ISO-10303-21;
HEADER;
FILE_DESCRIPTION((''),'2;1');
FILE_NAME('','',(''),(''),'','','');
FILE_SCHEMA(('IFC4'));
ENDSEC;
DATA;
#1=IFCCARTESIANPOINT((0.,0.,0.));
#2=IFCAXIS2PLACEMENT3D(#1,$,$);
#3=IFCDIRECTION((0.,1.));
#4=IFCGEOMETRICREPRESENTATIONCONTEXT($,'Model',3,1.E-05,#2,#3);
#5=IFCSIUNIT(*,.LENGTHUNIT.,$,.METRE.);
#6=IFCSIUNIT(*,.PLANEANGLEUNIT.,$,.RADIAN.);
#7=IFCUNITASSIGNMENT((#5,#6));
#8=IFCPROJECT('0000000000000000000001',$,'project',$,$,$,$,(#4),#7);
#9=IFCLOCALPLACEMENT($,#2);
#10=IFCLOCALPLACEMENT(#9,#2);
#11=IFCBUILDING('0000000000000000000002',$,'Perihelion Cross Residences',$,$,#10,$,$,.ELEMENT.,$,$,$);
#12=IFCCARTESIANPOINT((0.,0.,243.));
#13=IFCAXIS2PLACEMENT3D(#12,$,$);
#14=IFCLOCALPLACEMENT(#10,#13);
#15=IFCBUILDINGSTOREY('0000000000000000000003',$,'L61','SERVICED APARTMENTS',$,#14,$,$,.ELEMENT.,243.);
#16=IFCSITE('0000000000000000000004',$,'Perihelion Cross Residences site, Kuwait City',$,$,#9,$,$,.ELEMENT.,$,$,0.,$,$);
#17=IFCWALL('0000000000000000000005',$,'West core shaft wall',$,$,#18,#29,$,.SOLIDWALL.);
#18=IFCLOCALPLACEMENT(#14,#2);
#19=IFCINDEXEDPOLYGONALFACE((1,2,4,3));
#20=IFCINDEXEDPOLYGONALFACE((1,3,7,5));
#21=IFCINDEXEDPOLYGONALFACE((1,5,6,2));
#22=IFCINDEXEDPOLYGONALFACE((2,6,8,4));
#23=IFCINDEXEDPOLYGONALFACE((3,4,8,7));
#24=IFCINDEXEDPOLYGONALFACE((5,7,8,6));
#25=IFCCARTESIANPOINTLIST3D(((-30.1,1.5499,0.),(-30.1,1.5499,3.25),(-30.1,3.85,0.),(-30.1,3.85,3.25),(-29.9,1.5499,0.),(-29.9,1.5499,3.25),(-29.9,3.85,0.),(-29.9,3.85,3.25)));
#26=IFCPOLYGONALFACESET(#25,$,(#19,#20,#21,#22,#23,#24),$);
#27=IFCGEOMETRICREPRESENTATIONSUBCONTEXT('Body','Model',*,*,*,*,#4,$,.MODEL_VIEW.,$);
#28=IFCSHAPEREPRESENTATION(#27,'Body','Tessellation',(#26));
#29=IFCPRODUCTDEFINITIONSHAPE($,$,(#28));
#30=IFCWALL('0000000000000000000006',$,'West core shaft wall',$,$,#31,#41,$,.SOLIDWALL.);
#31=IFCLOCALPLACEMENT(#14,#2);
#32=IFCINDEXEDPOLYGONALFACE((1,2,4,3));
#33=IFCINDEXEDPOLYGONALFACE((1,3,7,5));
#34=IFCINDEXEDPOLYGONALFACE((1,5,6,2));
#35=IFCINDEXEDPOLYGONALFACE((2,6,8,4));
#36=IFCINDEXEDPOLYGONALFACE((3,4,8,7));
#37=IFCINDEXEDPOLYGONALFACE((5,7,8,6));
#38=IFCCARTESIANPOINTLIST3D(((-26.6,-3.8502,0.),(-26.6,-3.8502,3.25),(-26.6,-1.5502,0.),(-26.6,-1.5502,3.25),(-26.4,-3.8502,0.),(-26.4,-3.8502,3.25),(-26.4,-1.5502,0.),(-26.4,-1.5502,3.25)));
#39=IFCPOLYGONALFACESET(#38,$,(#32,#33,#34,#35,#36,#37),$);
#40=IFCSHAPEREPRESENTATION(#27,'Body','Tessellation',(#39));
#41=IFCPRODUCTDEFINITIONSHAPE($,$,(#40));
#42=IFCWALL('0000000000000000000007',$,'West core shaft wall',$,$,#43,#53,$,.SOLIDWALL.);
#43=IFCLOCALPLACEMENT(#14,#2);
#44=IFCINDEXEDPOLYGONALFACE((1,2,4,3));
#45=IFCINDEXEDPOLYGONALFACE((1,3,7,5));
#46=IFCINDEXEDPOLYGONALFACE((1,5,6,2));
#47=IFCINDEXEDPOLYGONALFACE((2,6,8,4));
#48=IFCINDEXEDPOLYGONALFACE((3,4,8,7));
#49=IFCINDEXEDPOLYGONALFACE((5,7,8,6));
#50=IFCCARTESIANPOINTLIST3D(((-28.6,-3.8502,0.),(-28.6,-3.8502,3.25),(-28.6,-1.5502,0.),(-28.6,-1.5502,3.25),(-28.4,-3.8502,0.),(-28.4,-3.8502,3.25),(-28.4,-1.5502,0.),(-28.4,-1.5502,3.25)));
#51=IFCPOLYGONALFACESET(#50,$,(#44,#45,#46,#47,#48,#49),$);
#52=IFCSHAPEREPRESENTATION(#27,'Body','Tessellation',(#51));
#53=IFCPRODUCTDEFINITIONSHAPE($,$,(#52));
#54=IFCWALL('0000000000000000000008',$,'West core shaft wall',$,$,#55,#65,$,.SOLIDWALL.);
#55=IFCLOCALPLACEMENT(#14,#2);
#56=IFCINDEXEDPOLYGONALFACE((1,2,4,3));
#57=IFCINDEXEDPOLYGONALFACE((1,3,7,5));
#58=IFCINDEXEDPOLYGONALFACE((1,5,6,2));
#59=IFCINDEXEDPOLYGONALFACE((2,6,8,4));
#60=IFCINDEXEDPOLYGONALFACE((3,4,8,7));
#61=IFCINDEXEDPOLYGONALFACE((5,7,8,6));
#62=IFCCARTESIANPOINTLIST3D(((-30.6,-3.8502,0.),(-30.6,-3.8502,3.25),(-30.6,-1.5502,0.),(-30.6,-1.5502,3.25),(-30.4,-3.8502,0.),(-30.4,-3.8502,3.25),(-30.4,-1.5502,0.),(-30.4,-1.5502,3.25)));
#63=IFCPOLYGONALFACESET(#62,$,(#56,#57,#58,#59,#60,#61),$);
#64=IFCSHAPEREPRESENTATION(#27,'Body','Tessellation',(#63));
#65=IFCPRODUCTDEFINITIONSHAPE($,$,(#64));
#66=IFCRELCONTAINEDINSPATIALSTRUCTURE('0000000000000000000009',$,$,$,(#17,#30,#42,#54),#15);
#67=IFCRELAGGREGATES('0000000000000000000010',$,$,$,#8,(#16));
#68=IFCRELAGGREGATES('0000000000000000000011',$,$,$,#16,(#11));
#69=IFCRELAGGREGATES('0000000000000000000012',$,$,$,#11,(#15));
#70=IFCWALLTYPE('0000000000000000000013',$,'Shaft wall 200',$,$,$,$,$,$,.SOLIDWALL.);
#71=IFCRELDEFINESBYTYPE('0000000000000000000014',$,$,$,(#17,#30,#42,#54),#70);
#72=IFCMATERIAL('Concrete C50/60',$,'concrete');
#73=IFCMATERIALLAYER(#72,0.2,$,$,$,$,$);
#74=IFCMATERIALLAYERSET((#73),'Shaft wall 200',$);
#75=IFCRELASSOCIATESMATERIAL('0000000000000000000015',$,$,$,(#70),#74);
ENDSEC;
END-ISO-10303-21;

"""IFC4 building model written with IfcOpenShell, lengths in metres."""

from ifc_helpers import new_model, si_unit, direction, frame, frame_2d, origin, place, context, subcontext, project, spatial, rectangle, extrude, material, layer, layer_set, type_object, element, save


model = new_model("IFC4")

# Units and contexts
model_context = context("Model", 3, precision=1e-05, world=origin(), true_north=direction((0.0, 1.0)))
body_context = subcontext(model_context, "Body", "Model", "MODEL_VIEW")
ifc_project = project(units=[si_unit("LENGTHUNIT", "METRE"), si_unit("PLANEANGLEUNIT", "RADIAN")], contexts=[model_context])

# Site, building, storey
site_placement = place(None, origin())
site = spatial("IfcSite", under=ifc_project, at=site_placement, Name="Perihelion Cross Residences site, Kuwait City", CompositionType="ELEMENT", RefElevation=0.0)
building_placement = place(site_placement, origin())
building = spatial("IfcBuilding", under=site, at=building_placement, Name="Perihelion Cross Residences", CompositionType="ELEMENT")
storey_placement = place(building_placement, frame((0.0, 0.0, 243.0)))
storey = spatial("IfcBuildingStorey", under=building, at=storey_placement, Name="L61", Description="SERVICED APARTMENTS", CompositionType="ELEMENT", Elevation=243.0)

# Shared definitions
ifc_material_1 = material(Name="Concrete C50/60", Category="concrete")
ifc_layer_1 = layer(ifc_material_1, 0.2)
ifc_layer_set_1 = layer_set([ifc_layer_1], Name="Shaft wall 200")
wall_type_1 = type_object("IfcWallType", Name="Shaft wall 200", PredefinedType="SOLIDWALL", material=ifc_layer_set_1)

# Walls
for number, where, z_axis, x_axis, name in (
    (1, (-30.0, 1.55, 0.0), (0.0, 0.0, 1.0), (0.0, 1.0, 0.0), "West core shaft wall"),
    (2, (-26.5, -3.8501, 0.0), (0.0, 0.0, 1.0), (0.0, 1.0, 0.0), "West core shaft wall"),
    (3, (-28.5, -3.8501, 0.0), (0.0, 0.0, 1.0), (0.0, 1.0, 0.0), "West core shaft wall"),
    (4, (-30.5, -3.8501, 0.0), (0.0, 0.0, 1.0), (0.0, 1.0, 0.0), "West core shaft wall"),
):
    element("IfcWall", number, at=place(storey_placement, frame(where, z_axis=z_axis, x_axis=x_axis)), inside=storey, type_object=wall_type_1, Name=name, PredefinedType="SOLIDWALL", context=body_context, shape_type="SweptSolid", body=[
        extrude(rectangle(XDim=2.3, YDim=0.2, at=frame_2d((1.1499, 0.0))), origin(), (0.0, 0.0, 1.0), 3.25),
    ])

save(model, "model.ifc")
